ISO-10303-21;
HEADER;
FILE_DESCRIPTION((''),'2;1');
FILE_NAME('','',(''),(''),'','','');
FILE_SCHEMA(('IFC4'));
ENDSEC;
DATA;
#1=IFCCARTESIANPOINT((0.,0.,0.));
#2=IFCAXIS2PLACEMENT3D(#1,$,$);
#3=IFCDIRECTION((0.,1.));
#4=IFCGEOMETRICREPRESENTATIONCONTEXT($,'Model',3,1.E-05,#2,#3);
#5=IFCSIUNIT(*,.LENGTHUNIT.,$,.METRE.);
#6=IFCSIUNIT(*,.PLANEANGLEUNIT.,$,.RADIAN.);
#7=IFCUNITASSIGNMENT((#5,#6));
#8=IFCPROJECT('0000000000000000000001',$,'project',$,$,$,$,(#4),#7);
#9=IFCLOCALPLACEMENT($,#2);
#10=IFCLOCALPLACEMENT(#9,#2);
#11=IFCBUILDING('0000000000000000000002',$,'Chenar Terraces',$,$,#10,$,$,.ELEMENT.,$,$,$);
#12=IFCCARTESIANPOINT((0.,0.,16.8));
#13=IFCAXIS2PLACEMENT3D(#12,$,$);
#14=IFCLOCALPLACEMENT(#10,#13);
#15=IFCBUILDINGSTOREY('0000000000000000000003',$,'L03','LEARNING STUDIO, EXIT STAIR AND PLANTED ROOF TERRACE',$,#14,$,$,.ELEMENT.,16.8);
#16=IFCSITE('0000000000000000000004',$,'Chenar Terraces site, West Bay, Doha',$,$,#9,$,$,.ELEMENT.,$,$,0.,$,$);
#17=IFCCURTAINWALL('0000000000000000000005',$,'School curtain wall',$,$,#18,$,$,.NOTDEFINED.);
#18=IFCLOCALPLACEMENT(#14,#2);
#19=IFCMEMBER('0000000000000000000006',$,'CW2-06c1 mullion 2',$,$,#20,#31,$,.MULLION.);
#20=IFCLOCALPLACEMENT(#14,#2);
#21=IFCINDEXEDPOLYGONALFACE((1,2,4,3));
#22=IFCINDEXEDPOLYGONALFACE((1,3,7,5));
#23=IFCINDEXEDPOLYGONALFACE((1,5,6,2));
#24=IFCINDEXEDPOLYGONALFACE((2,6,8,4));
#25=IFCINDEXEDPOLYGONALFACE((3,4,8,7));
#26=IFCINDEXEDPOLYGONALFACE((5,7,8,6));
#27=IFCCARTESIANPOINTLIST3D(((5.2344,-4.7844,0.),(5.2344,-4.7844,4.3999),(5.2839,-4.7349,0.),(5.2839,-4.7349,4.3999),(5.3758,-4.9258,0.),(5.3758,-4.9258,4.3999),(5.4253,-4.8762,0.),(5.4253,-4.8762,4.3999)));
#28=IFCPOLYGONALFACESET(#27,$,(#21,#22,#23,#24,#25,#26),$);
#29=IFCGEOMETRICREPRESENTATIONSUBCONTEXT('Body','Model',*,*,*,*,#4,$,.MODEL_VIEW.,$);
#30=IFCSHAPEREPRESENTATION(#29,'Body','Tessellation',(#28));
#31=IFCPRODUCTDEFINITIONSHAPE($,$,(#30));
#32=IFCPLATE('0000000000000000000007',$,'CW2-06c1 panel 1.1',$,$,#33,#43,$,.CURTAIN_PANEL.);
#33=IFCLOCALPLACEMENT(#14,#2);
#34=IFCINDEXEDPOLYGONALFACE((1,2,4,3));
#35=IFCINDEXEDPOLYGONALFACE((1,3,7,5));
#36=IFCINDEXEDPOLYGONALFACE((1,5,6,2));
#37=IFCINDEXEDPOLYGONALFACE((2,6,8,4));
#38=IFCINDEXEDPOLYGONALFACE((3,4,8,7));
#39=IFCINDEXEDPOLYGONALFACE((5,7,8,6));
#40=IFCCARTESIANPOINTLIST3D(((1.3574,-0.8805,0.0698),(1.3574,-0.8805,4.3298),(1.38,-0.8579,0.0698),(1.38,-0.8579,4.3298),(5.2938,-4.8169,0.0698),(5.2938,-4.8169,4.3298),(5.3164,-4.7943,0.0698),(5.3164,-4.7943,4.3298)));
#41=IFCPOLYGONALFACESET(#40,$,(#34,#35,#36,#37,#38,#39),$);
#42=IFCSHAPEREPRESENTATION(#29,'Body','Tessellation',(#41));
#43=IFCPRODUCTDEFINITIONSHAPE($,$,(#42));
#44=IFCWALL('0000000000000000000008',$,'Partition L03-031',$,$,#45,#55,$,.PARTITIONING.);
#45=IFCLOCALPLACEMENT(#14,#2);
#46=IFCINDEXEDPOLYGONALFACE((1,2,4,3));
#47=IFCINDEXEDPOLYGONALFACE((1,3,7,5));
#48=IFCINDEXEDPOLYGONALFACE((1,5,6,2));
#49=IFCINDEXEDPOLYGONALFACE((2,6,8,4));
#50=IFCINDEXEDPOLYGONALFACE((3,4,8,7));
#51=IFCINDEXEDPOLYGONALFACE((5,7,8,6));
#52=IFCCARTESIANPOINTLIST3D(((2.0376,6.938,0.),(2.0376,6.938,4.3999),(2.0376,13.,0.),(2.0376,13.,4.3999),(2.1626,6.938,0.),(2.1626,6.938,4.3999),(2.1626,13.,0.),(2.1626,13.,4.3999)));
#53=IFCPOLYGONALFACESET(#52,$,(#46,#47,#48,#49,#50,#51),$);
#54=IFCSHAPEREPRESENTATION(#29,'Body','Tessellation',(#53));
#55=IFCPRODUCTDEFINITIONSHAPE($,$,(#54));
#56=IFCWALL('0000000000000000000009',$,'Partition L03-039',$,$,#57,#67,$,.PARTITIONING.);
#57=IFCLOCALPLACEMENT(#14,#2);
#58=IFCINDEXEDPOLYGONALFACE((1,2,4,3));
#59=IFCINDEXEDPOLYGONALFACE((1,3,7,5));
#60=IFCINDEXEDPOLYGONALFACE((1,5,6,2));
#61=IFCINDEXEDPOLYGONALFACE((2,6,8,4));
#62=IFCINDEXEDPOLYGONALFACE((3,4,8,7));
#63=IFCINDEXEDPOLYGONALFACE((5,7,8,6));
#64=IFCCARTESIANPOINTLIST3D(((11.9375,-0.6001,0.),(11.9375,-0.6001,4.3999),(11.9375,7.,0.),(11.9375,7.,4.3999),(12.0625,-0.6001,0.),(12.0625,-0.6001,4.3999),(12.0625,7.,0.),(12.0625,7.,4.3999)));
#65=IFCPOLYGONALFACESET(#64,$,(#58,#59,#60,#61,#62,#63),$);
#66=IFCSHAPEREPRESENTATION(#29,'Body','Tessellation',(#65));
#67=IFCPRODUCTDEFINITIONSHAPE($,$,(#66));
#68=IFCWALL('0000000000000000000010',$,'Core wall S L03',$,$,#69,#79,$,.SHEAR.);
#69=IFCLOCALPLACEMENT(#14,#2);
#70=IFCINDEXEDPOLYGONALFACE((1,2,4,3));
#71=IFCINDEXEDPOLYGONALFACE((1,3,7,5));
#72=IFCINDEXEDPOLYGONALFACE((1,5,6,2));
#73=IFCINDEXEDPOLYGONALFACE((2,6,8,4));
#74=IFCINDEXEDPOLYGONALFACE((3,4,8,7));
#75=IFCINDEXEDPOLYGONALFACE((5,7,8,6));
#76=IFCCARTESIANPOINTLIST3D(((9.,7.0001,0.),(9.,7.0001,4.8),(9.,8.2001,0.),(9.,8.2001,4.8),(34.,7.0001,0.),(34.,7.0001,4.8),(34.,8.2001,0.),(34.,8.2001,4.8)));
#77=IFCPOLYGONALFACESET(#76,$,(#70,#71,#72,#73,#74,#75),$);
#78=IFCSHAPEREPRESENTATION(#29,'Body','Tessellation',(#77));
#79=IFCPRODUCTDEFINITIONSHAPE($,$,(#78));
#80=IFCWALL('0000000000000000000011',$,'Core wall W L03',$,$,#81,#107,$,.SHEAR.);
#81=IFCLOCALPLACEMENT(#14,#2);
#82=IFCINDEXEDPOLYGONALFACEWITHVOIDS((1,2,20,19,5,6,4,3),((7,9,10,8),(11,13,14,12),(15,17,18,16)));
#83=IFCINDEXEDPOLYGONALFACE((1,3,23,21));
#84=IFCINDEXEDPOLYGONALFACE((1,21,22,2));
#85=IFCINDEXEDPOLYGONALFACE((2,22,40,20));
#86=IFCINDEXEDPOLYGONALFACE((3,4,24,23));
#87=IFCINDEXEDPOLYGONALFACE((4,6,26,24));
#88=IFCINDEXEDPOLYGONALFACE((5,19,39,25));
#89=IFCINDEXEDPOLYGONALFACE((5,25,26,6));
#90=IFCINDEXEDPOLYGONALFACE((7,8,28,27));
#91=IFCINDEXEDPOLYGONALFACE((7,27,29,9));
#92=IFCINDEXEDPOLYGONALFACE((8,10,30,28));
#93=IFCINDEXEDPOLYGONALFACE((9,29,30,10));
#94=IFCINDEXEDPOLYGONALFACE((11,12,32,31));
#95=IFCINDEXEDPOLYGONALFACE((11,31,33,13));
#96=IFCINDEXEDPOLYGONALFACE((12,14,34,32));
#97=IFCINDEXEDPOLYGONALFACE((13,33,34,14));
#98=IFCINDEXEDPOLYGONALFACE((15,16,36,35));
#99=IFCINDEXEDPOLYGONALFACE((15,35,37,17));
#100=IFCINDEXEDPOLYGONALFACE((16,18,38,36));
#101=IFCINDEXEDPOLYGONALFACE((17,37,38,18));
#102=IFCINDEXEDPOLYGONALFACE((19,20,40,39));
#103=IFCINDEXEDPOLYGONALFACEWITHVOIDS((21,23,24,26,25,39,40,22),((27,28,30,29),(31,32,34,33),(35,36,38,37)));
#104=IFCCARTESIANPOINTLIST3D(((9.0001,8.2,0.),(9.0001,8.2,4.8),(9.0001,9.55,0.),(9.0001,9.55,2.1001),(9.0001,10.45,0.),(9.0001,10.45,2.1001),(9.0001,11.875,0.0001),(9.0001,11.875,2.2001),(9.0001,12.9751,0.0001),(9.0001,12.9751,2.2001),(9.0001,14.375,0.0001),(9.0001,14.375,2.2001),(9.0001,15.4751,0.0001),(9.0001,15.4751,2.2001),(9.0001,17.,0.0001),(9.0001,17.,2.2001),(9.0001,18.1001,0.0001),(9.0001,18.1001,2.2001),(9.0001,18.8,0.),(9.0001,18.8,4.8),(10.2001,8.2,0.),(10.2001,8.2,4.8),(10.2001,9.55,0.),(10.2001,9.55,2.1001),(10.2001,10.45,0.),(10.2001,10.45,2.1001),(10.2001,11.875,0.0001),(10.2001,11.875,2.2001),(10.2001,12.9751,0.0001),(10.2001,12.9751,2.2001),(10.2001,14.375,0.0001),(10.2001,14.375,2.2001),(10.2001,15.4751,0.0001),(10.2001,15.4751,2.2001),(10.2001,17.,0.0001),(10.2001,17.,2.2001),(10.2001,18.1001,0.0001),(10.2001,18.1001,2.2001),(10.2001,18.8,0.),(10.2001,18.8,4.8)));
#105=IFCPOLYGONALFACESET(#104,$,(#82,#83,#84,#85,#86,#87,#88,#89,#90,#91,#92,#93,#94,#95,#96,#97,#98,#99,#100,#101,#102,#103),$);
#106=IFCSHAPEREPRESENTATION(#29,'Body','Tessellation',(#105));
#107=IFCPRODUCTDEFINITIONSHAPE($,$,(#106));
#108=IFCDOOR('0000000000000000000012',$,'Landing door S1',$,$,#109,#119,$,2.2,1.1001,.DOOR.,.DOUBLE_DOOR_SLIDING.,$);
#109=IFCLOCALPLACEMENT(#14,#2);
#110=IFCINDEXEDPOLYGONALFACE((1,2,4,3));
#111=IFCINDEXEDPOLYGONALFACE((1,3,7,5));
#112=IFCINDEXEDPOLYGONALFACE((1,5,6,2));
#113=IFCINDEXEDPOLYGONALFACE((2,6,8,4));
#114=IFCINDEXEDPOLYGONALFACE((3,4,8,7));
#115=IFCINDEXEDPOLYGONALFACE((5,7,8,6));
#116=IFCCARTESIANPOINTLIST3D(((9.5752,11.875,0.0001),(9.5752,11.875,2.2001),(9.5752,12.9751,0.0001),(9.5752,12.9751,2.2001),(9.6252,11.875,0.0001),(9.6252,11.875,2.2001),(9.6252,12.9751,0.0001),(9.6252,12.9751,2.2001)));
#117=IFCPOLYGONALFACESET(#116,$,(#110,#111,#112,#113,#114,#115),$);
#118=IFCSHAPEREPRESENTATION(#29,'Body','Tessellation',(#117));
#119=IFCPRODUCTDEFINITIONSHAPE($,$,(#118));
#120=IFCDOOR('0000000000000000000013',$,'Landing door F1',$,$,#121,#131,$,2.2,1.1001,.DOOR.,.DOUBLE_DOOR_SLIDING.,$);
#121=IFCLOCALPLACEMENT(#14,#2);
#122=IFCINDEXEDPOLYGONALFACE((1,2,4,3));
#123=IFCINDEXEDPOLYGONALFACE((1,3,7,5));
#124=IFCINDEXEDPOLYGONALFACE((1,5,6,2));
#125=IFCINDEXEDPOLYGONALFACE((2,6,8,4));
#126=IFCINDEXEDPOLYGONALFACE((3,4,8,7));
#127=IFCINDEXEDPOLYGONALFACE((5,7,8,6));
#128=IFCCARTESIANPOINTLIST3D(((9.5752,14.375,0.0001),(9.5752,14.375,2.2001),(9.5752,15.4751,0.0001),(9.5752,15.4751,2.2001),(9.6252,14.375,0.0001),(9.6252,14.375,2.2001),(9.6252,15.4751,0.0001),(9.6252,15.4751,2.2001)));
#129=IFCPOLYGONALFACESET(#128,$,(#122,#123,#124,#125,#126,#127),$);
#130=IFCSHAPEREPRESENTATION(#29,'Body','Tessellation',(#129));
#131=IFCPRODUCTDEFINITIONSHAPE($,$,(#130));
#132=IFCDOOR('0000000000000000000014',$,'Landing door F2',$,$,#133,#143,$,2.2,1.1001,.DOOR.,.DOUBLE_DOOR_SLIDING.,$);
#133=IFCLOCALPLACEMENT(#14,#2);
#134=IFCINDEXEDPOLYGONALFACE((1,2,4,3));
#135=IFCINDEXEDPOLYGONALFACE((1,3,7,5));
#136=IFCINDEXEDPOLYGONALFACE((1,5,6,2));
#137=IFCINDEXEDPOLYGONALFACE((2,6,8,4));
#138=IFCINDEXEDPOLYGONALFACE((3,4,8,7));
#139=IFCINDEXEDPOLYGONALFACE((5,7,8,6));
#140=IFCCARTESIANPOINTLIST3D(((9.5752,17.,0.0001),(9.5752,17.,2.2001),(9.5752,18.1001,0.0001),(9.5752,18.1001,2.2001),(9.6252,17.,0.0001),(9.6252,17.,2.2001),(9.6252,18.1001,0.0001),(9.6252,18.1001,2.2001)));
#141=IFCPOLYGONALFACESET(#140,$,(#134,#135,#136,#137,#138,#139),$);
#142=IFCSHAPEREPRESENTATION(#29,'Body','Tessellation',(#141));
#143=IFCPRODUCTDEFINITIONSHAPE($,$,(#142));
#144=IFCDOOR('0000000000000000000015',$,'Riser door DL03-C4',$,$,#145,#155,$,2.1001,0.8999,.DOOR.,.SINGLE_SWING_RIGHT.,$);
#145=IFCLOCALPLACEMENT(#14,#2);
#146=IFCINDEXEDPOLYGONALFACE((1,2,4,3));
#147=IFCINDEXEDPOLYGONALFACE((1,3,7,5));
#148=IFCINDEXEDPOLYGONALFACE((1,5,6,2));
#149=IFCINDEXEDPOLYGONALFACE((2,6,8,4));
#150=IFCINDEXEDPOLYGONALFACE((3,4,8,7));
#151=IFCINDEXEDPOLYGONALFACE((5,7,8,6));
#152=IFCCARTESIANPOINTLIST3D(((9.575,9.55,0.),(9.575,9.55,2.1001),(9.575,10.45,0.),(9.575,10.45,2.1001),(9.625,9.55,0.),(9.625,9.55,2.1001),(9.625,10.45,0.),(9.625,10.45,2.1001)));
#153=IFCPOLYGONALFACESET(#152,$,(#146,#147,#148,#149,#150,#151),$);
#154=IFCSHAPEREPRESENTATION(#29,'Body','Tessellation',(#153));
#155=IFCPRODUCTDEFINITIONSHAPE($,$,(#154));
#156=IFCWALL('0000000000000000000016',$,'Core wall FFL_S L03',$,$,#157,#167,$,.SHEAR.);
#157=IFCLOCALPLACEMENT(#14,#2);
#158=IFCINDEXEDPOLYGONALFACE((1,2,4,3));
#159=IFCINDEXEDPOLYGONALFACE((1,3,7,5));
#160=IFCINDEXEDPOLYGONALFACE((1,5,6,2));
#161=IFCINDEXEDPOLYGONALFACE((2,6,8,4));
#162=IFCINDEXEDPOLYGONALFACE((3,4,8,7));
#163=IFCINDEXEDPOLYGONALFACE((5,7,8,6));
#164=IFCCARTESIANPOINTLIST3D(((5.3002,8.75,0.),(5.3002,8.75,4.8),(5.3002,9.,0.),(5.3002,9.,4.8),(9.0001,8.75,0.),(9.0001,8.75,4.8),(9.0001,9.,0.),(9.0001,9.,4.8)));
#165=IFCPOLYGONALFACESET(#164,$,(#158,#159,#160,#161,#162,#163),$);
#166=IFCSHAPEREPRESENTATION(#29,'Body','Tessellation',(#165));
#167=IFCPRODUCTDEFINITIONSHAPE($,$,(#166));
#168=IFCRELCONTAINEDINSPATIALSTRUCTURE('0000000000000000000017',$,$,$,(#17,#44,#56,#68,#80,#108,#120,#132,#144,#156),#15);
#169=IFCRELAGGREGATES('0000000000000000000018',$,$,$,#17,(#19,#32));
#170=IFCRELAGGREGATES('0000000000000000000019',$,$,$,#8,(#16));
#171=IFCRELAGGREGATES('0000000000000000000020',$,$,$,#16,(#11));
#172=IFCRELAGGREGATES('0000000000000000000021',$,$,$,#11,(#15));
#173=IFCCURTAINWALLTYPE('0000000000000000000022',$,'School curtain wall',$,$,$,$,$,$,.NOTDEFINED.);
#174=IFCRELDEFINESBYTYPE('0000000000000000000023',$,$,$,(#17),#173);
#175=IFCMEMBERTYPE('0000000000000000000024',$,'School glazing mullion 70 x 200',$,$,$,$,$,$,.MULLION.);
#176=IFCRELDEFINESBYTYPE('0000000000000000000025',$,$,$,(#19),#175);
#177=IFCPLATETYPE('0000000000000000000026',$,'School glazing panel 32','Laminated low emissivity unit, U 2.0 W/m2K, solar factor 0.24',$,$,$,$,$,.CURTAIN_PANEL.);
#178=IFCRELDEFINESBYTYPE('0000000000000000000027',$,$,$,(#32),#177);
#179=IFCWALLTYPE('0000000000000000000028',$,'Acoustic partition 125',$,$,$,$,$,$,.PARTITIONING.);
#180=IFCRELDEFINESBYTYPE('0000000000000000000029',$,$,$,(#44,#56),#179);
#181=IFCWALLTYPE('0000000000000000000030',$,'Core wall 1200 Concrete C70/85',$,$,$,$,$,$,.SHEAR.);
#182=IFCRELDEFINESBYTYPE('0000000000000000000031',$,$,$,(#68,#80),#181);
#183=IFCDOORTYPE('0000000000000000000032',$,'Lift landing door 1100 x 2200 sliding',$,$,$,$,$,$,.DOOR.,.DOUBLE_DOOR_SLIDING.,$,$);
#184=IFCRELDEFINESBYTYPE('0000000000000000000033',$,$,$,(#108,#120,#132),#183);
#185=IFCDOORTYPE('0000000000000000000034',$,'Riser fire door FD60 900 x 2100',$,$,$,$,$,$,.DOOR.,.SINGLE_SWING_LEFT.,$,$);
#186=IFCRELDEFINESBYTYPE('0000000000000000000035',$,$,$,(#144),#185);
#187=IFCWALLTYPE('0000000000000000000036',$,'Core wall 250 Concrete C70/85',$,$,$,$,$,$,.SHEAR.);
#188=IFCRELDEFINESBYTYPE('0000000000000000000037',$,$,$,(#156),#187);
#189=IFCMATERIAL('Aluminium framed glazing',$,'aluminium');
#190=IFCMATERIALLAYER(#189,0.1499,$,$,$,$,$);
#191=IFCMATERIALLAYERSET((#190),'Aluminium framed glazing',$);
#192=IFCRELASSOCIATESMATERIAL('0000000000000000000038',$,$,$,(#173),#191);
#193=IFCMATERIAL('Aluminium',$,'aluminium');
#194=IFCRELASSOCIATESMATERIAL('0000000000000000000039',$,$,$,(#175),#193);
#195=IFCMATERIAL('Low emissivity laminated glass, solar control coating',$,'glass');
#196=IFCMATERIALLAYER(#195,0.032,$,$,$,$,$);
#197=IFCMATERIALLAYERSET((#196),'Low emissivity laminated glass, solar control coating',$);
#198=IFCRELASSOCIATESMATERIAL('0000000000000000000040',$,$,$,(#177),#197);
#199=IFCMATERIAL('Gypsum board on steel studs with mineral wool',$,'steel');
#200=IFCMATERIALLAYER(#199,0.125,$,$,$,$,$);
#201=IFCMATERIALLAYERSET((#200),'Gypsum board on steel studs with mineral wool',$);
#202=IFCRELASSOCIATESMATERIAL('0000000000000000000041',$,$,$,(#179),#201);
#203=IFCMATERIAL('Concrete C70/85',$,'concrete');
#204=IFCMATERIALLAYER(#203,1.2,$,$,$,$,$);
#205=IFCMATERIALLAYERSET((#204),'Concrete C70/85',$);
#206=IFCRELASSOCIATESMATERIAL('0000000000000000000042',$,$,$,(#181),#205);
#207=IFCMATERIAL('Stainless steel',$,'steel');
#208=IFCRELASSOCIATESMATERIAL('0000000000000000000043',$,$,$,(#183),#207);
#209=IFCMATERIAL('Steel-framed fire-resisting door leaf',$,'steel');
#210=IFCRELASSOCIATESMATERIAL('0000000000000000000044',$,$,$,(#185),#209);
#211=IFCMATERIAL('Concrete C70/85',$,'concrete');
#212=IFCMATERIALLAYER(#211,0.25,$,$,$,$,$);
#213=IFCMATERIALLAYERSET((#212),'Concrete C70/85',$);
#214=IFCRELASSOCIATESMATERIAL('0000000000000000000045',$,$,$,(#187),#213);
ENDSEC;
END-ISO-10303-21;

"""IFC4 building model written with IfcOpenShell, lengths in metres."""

from ifc_helpers import new_model, si_unit, direction, frame, frame_2d, origin, origin_2d, place, context, subcontext, project, spatial, rectangle, extrude, material, layer, layer_set, material_profile, profile_set, type_object, element, fill, aggregate, save


model = new_model("IFC4")

# Units and contexts
model_context = context("Model", 3, precision=1e-05, world=origin(), true_north=direction((0.0, 1.0)))
body_context = subcontext(model_context, "Body", "Model", "MODEL_VIEW")
ifc_project = project(units=[si_unit("LENGTHUNIT", "METRE"), si_unit("PLANEANGLEUNIT", "RADIAN")], contexts=[model_context])

# Site, building, storey
site_placement = place(None, origin())
site = spatial("IfcSite", under=ifc_project, at=site_placement, Name="Chenar Terraces site, West Bay, Doha", CompositionType="ELEMENT", RefElevation=0.0)
building_placement = place(site_placement, origin())
building = spatial("IfcBuilding", under=site, at=building_placement, Name="Chenar Terraces", CompositionType="ELEMENT")
storey_placement = place(building_placement, frame((0.0, 0.0, 16.8)))
storey = spatial("IfcBuildingStorey", under=building, at=storey_placement, Name="L03", Description="LEARNING STUDIO, EXIT STAIR AND PLANTED ROOF TERRACE", CompositionType="ELEMENT", Elevation=16.8)

# Curtain wall, member, plate
ifc_material_1 = material(Name="Aluminium framed glazing", Category="aluminium")
ifc_layer_1 = layer(ifc_material_1, 0.1499)
ifc_layer_set_1 = layer_set([ifc_layer_1], Name="Aluminium framed glazing")
curtain_wall_type = type_object("IfcCurtainWallType", Name="School curtain wall", PredefinedType="NOTDEFINED", material=ifc_layer_set_1)
curtain_wall_placement = place(storey_placement, origin())
curtain_wall = element("IfcCurtainWall", 1, at=curtain_wall_placement, inside=storey, type_object=curtain_wall_type, Name="School curtain wall", PredefinedType="NOTDEFINED")
ifc_material_2 = material(Name="Aluminium", Category="aluminium")
ifc_material_profile = material_profile(ifc_material_2, rectangle(XDim=0.0701, YDim=0.2, at=origin_2d()), Name="School glazing mullion 70 x 200")
ifc_profile_set = profile_set([ifc_material_profile], Name="Aluminium")
member_type = type_object("IfcMemberType", Name="School glazing mullion 70 x 200", PredefinedType="MULLION", material=ifc_profile_set)
member_placement = place(storey_placement, frame((5.3298, -4.8303, 0.0), z_axis=(0.0, 0.0, 1.0), x_axis=(0.707107, 0.707107, 0.0)))
member = element("IfcMember", 2, at=member_placement, type_object=member_type, Name="CW2-06c1 mullion 2", PredefinedType="MULLION", context=body_context, shape_type="SweptSolid", body=[
    extrude(rectangle(XDim=0.0701, YDim=0.2, at=origin_2d()), origin(), (0.0, 0.0, 1.0), 4.3999),
])
ifc_material_3 = material(Name="Low emissivity laminated glass, solar control coating", Category="glass")
ifc_layer_2 = layer(ifc_material_3, 0.032)
ifc_layer_set_2 = layer_set([ifc_layer_2], Name="Low emissivity laminated glass, solar control coating")
plate_type = type_object("IfcPlateType", Name="School glazing panel 32", Description="Laminated low emissivity unit, U 2.0 W/m2K, solar factor 0.24", PredefinedType="CURTAIN_PANEL", material=ifc_layer_set_2)
plate_placement = place(storey_placement, frame((3.3369, -2.8374, 0.0698), z_axis=(0.0, 0.0, 1.0), x_axis=(0.707107, -0.707107, 0.0)))
plate = element("IfcPlate", 3, at=plate_placement, type_object=plate_type, Name="CW2-06c1 panel 1.1", PredefinedType="CURTAIN_PANEL", context=body_context, shape_type="SweptSolid", body=[
    extrude(rectangle(XDim=5.5669, YDim=0.032, at=origin_2d()), origin(), (0.0, 0.0, 1.0), 4.26),
])
aggregate(curtain_wall, [member, plate])

# Walls
ifc_material_4 = material(Name="Gypsum board on steel studs with mineral wool", Category="steel")
ifc_layer_3 = layer(ifc_material_4, 0.125)
ifc_layer_set_3 = layer_set([ifc_layer_3], Name="Gypsum board on steel studs with mineral wool")
wall_type_1 = type_object("IfcWallType", Name="Acoustic partition 125", PredefinedType="PARTITIONING", material=ifc_layer_set_3)
wall_1_placement = place(storey_placement, frame((2.1001, 6.938, 0.0), z_axis=(0.0, 0.0, 1.0), x_axis=(0.0, 1.0, 0.0)))
element("IfcWall", 4, at=wall_1_placement, inside=storey, type_object=wall_type_1, Name="Partition L03-031", PredefinedType="PARTITIONING", context=body_context, shape_type="SweptSolid", body=[
    extrude(rectangle(XDim=6.062, YDim=0.125, at=frame_2d((3.031, 0.0))), origin(), (0.0, 0.0, 1.0), 4.3999),
])
wall_2_placement = place(storey_placement, frame((12.0, -0.6001, 0.0), z_axis=(0.0, 0.0, 1.0), x_axis=(0.0, 1.0, 0.0)))
element("IfcWall", 5, at=wall_2_placement, inside=storey, type_object=wall_type_1, Name="Partition L03-039", PredefinedType="PARTITIONING", context=body_context, shape_type="SweptSolid", body=[
    extrude(rectangle(XDim=7.6001, YDim=0.125, at=frame_2d((3.8, 0.0))), origin(), (0.0, 0.0, 1.0), 4.3999),
])
ifc_material_5 = material(Name="Concrete C70/85", Category="concrete")
ifc_layer_4 = layer(ifc_material_5, 1.2)
ifc_layer_set_4 = layer_set([ifc_layer_4], Name="Concrete C70/85")
wall_type_2 = type_object("IfcWallType", Name="Core wall 1200 Concrete C70/85", PredefinedType="SHEAR", material=ifc_layer_set_4)
wall_3_placement = place(storey_placement, frame((9.0, 7.6001, 0.0), z_axis=(0.0, 0.0, 1.0), x_axis=(1.0, 0.0, 0.0)))
element("IfcWall", 6, at=wall_3_placement, inside=storey, type_object=wall_type_2, Name="Core wall S L03", PredefinedType="SHEAR", context=body_context, shape_type="SweptSolid", body=[
    extrude(rectangle(XDim=25.0, YDim=1.2, at=frame_2d((12.5, 0.0))), origin(), (0.0, 0.0, 1.0), 4.8),
])

# Wall, openings, doors
wall_4_placement = place(storey_placement, frame((9.6001, 8.2, 0.0), z_axis=(0.0, 0.0, 1.0), x_axis=(0.0, 1.0, 0.0)))
wall_4 = element("IfcWall", 7, at=wall_4_placement, inside=storey, type_object=wall_type_2, Name="Core wall W L03", PredefinedType="SHEAR", context=body_context, shape_type="SweptSolid", body=[
    extrude(rectangle(XDim=10.6001, YDim=1.2, at=frame_2d((5.3, 0.0))), origin(), (0.0, 0.0, 1.0), 4.8),
])
opening_1_placement = place(wall_4_placement, frame((3.675, 0.0, 0.0)))
opening_1 = element("IfcOpeningElement", 8, at=opening_1_placement, cuts=wall_4, PredefinedType="OPENING", context=body_context, shape_type="SweptSolid", body=[
    extrude(rectangle(XDim=1.1001, YDim=2.2, at=frame_2d((0.55, 1.1001))), frame((0.0, 0.6099, 0.0), z_axis=(0.0, -1.0, 0.0), x_axis=(1.0, 0.0, 0.0)), (0.0, 0.0, 1.0), 1.22),
])
opening_2_placement = place(wall_4_placement, frame((6.175, 0.0, 0.0)))
opening_2 = element("IfcOpeningElement", 9, at=opening_2_placement, cuts=wall_4, PredefinedType="OPENING", context=body_context, shape_type="SweptSolid", body=[
    extrude(rectangle(XDim=1.1001, YDim=2.2, at=frame_2d((0.55, 1.1001))), frame((0.0, 0.6099, 0.0), z_axis=(0.0, -1.0, 0.0), x_axis=(1.0, 0.0, 0.0)), (0.0, 0.0, 1.0), 1.22),
])
opening_3_placement = place(wall_4_placement, frame((8.8, 0.0, 0.0)))
opening_3 = element("IfcOpeningElement", 10, at=opening_3_placement, cuts=wall_4, PredefinedType="OPENING", context=body_context, shape_type="SweptSolid", body=[
    extrude(rectangle(XDim=1.1001, YDim=2.2, at=frame_2d((0.55, 1.1001))), frame((0.0, 0.6099, 0.0), z_axis=(0.0, -1.0, 0.0), x_axis=(1.0, 0.0, 0.0)), (0.0, 0.0, 1.0), 1.22),
])
opening_4_placement = place(wall_4_placement, frame((1.3501, 0.0, 0.0)))
opening_4 = element("IfcOpeningElement", 11, at=opening_4_placement, cuts=wall_4, PredefinedType="OPENING", context=body_context, shape_type="SweptSolid", body=[
    extrude(rectangle(XDim=0.8999, YDim=2.1001, at=frame_2d((0.45, 1.05))), frame((0.0, 0.6099, 0.0), z_axis=(0.0, -1.0, 0.0), x_axis=(1.0, 0.0, 0.0)), (0.0, 0.0, 1.0), 1.22),
])
ifc_material_6 = material(Name="Stainless steel", Category="steel")
door_type_1 = type_object("IfcDoorType", Name="Lift landing door 1100 x 2200 sliding", OperationType="DOUBLE_DOOR_SLIDING", PredefinedType="DOOR", material=ifc_material_6)
door_1_placement = place(opening_1_placement, origin())
door_1 = element("IfcDoor", 12, at=door_1_placement, inside=storey, type_object=door_type_1, Name="Landing door S1", OperationType="DOUBLE_DOOR_SLIDING", OverallHeight=2.2, OverallWidth=1.1001, PredefinedType="DOOR", context=body_context, shape_type="SweptSolid", body=[
    extrude(rectangle(XDim=1.1001, YDim=2.2, at=frame_2d((0.55, 1.1001))), frame((0.0, 0.0249, 0.0), z_axis=(0.0, -1.0, 0.0), x_axis=(1.0, 0.0, 0.0)), (0.0, 0.0, 1.0), 0.05),
])
fill(opening_1, door_1)
door_2_placement = place(opening_2_placement, origin())
door_2 = element("IfcDoor", 13, at=door_2_placement, inside=storey, type_object=door_type_1, Name="Landing door F1", OperationType="DOUBLE_DOOR_SLIDING", OverallHeight=2.2, OverallWidth=1.1001, PredefinedType="DOOR", context=body_context, shape_type="SweptSolid", body=[
    extrude(rectangle(XDim=1.1001, YDim=2.2, at=frame_2d((0.55, 1.1001))), frame((0.0, 0.0249, 0.0), z_axis=(0.0, -1.0, 0.0), x_axis=(1.0, 0.0, 0.0)), (0.0, 0.0, 1.0), 0.05),
])
fill(opening_2, door_2)
door_3_placement = place(opening_3_placement, origin())
door_3 = element("IfcDoor", 14, at=door_3_placement, inside=storey, type_object=door_type_1, Name="Landing door F2", OperationType="DOUBLE_DOOR_SLIDING", OverallHeight=2.2, OverallWidth=1.1001, PredefinedType="DOOR", context=body_context, shape_type="SweptSolid", body=[
    extrude(rectangle(XDim=1.1001, YDim=2.2, at=frame_2d((0.55, 1.1001))), frame((0.0, 0.0249, 0.0), z_axis=(0.0, -1.0, 0.0), x_axis=(1.0, 0.0, 0.0)), (0.0, 0.0, 1.0), 0.05),
])
fill(opening_3, door_3)
ifc_material_7 = material(Name="Steel-framed fire-resisting door leaf", Category="steel")
door_type_2 = type_object("IfcDoorType", Name="Riser fire door FD60 900 x 2100", OperationType="SINGLE_SWING_LEFT", PredefinedType="DOOR", material=ifc_material_7)
door_4_placement = place(opening_4_placement, frame((0.8999, 0.0, 0.0), z_axis=(0.0, 0.0, 1.0), x_axis=(-1.0, 0.0, 0.0)))
door_4 = element("IfcDoor", 15, at=door_4_placement, inside=storey, type_object=door_type_2, Name="Riser door DL03-C4", OperationType="SINGLE_SWING_RIGHT", OverallHeight=2.1001, OverallWidth=0.8999, PredefinedType="DOOR", context=body_context, shape_type="SweptSolid", body=[
    extrude(rectangle(XDim=0.8999, YDim=2.1001, at=frame_2d((0.45, 1.05))), frame((0.0, 0.0249, 0.0), z_axis=(0.0, -1.0, 0.0), x_axis=(1.0, 0.0, 0.0)), (0.0, 0.0, 1.0), 0.05),
])
fill(opening_4, door_4)

# Wall
ifc_material_8 = material(Name="Concrete C70/85", Category="concrete")
ifc_layer_5 = layer(ifc_material_8, 0.25)
ifc_layer_set_5 = layer_set([ifc_layer_5], Name="Concrete C70/85")
wall_type_3 = type_object("IfcWallType", Name="Core wall 250 Concrete C70/85", PredefinedType="SHEAR", material=ifc_layer_set_5)
wall_5_placement = place(storey_placement, frame((5.3, 8.875, 0.0), z_axis=(0.0, 0.0, 1.0), x_axis=(1.0, 0.0, 0.0)))
element("IfcWall", 16, at=wall_5_placement, inside=storey, type_object=wall_type_3, Name="Core wall FFL_S L03", PredefinedType="SHEAR", context=body_context, shape_type="SweptSolid", body=[
    extrude(rectangle(XDim=3.7, YDim=0.25, at=frame_2d((1.8501, 0.0))), origin(), (0.0, 0.0, 1.0), 4.8),
])

save(model, "model.ifc")
